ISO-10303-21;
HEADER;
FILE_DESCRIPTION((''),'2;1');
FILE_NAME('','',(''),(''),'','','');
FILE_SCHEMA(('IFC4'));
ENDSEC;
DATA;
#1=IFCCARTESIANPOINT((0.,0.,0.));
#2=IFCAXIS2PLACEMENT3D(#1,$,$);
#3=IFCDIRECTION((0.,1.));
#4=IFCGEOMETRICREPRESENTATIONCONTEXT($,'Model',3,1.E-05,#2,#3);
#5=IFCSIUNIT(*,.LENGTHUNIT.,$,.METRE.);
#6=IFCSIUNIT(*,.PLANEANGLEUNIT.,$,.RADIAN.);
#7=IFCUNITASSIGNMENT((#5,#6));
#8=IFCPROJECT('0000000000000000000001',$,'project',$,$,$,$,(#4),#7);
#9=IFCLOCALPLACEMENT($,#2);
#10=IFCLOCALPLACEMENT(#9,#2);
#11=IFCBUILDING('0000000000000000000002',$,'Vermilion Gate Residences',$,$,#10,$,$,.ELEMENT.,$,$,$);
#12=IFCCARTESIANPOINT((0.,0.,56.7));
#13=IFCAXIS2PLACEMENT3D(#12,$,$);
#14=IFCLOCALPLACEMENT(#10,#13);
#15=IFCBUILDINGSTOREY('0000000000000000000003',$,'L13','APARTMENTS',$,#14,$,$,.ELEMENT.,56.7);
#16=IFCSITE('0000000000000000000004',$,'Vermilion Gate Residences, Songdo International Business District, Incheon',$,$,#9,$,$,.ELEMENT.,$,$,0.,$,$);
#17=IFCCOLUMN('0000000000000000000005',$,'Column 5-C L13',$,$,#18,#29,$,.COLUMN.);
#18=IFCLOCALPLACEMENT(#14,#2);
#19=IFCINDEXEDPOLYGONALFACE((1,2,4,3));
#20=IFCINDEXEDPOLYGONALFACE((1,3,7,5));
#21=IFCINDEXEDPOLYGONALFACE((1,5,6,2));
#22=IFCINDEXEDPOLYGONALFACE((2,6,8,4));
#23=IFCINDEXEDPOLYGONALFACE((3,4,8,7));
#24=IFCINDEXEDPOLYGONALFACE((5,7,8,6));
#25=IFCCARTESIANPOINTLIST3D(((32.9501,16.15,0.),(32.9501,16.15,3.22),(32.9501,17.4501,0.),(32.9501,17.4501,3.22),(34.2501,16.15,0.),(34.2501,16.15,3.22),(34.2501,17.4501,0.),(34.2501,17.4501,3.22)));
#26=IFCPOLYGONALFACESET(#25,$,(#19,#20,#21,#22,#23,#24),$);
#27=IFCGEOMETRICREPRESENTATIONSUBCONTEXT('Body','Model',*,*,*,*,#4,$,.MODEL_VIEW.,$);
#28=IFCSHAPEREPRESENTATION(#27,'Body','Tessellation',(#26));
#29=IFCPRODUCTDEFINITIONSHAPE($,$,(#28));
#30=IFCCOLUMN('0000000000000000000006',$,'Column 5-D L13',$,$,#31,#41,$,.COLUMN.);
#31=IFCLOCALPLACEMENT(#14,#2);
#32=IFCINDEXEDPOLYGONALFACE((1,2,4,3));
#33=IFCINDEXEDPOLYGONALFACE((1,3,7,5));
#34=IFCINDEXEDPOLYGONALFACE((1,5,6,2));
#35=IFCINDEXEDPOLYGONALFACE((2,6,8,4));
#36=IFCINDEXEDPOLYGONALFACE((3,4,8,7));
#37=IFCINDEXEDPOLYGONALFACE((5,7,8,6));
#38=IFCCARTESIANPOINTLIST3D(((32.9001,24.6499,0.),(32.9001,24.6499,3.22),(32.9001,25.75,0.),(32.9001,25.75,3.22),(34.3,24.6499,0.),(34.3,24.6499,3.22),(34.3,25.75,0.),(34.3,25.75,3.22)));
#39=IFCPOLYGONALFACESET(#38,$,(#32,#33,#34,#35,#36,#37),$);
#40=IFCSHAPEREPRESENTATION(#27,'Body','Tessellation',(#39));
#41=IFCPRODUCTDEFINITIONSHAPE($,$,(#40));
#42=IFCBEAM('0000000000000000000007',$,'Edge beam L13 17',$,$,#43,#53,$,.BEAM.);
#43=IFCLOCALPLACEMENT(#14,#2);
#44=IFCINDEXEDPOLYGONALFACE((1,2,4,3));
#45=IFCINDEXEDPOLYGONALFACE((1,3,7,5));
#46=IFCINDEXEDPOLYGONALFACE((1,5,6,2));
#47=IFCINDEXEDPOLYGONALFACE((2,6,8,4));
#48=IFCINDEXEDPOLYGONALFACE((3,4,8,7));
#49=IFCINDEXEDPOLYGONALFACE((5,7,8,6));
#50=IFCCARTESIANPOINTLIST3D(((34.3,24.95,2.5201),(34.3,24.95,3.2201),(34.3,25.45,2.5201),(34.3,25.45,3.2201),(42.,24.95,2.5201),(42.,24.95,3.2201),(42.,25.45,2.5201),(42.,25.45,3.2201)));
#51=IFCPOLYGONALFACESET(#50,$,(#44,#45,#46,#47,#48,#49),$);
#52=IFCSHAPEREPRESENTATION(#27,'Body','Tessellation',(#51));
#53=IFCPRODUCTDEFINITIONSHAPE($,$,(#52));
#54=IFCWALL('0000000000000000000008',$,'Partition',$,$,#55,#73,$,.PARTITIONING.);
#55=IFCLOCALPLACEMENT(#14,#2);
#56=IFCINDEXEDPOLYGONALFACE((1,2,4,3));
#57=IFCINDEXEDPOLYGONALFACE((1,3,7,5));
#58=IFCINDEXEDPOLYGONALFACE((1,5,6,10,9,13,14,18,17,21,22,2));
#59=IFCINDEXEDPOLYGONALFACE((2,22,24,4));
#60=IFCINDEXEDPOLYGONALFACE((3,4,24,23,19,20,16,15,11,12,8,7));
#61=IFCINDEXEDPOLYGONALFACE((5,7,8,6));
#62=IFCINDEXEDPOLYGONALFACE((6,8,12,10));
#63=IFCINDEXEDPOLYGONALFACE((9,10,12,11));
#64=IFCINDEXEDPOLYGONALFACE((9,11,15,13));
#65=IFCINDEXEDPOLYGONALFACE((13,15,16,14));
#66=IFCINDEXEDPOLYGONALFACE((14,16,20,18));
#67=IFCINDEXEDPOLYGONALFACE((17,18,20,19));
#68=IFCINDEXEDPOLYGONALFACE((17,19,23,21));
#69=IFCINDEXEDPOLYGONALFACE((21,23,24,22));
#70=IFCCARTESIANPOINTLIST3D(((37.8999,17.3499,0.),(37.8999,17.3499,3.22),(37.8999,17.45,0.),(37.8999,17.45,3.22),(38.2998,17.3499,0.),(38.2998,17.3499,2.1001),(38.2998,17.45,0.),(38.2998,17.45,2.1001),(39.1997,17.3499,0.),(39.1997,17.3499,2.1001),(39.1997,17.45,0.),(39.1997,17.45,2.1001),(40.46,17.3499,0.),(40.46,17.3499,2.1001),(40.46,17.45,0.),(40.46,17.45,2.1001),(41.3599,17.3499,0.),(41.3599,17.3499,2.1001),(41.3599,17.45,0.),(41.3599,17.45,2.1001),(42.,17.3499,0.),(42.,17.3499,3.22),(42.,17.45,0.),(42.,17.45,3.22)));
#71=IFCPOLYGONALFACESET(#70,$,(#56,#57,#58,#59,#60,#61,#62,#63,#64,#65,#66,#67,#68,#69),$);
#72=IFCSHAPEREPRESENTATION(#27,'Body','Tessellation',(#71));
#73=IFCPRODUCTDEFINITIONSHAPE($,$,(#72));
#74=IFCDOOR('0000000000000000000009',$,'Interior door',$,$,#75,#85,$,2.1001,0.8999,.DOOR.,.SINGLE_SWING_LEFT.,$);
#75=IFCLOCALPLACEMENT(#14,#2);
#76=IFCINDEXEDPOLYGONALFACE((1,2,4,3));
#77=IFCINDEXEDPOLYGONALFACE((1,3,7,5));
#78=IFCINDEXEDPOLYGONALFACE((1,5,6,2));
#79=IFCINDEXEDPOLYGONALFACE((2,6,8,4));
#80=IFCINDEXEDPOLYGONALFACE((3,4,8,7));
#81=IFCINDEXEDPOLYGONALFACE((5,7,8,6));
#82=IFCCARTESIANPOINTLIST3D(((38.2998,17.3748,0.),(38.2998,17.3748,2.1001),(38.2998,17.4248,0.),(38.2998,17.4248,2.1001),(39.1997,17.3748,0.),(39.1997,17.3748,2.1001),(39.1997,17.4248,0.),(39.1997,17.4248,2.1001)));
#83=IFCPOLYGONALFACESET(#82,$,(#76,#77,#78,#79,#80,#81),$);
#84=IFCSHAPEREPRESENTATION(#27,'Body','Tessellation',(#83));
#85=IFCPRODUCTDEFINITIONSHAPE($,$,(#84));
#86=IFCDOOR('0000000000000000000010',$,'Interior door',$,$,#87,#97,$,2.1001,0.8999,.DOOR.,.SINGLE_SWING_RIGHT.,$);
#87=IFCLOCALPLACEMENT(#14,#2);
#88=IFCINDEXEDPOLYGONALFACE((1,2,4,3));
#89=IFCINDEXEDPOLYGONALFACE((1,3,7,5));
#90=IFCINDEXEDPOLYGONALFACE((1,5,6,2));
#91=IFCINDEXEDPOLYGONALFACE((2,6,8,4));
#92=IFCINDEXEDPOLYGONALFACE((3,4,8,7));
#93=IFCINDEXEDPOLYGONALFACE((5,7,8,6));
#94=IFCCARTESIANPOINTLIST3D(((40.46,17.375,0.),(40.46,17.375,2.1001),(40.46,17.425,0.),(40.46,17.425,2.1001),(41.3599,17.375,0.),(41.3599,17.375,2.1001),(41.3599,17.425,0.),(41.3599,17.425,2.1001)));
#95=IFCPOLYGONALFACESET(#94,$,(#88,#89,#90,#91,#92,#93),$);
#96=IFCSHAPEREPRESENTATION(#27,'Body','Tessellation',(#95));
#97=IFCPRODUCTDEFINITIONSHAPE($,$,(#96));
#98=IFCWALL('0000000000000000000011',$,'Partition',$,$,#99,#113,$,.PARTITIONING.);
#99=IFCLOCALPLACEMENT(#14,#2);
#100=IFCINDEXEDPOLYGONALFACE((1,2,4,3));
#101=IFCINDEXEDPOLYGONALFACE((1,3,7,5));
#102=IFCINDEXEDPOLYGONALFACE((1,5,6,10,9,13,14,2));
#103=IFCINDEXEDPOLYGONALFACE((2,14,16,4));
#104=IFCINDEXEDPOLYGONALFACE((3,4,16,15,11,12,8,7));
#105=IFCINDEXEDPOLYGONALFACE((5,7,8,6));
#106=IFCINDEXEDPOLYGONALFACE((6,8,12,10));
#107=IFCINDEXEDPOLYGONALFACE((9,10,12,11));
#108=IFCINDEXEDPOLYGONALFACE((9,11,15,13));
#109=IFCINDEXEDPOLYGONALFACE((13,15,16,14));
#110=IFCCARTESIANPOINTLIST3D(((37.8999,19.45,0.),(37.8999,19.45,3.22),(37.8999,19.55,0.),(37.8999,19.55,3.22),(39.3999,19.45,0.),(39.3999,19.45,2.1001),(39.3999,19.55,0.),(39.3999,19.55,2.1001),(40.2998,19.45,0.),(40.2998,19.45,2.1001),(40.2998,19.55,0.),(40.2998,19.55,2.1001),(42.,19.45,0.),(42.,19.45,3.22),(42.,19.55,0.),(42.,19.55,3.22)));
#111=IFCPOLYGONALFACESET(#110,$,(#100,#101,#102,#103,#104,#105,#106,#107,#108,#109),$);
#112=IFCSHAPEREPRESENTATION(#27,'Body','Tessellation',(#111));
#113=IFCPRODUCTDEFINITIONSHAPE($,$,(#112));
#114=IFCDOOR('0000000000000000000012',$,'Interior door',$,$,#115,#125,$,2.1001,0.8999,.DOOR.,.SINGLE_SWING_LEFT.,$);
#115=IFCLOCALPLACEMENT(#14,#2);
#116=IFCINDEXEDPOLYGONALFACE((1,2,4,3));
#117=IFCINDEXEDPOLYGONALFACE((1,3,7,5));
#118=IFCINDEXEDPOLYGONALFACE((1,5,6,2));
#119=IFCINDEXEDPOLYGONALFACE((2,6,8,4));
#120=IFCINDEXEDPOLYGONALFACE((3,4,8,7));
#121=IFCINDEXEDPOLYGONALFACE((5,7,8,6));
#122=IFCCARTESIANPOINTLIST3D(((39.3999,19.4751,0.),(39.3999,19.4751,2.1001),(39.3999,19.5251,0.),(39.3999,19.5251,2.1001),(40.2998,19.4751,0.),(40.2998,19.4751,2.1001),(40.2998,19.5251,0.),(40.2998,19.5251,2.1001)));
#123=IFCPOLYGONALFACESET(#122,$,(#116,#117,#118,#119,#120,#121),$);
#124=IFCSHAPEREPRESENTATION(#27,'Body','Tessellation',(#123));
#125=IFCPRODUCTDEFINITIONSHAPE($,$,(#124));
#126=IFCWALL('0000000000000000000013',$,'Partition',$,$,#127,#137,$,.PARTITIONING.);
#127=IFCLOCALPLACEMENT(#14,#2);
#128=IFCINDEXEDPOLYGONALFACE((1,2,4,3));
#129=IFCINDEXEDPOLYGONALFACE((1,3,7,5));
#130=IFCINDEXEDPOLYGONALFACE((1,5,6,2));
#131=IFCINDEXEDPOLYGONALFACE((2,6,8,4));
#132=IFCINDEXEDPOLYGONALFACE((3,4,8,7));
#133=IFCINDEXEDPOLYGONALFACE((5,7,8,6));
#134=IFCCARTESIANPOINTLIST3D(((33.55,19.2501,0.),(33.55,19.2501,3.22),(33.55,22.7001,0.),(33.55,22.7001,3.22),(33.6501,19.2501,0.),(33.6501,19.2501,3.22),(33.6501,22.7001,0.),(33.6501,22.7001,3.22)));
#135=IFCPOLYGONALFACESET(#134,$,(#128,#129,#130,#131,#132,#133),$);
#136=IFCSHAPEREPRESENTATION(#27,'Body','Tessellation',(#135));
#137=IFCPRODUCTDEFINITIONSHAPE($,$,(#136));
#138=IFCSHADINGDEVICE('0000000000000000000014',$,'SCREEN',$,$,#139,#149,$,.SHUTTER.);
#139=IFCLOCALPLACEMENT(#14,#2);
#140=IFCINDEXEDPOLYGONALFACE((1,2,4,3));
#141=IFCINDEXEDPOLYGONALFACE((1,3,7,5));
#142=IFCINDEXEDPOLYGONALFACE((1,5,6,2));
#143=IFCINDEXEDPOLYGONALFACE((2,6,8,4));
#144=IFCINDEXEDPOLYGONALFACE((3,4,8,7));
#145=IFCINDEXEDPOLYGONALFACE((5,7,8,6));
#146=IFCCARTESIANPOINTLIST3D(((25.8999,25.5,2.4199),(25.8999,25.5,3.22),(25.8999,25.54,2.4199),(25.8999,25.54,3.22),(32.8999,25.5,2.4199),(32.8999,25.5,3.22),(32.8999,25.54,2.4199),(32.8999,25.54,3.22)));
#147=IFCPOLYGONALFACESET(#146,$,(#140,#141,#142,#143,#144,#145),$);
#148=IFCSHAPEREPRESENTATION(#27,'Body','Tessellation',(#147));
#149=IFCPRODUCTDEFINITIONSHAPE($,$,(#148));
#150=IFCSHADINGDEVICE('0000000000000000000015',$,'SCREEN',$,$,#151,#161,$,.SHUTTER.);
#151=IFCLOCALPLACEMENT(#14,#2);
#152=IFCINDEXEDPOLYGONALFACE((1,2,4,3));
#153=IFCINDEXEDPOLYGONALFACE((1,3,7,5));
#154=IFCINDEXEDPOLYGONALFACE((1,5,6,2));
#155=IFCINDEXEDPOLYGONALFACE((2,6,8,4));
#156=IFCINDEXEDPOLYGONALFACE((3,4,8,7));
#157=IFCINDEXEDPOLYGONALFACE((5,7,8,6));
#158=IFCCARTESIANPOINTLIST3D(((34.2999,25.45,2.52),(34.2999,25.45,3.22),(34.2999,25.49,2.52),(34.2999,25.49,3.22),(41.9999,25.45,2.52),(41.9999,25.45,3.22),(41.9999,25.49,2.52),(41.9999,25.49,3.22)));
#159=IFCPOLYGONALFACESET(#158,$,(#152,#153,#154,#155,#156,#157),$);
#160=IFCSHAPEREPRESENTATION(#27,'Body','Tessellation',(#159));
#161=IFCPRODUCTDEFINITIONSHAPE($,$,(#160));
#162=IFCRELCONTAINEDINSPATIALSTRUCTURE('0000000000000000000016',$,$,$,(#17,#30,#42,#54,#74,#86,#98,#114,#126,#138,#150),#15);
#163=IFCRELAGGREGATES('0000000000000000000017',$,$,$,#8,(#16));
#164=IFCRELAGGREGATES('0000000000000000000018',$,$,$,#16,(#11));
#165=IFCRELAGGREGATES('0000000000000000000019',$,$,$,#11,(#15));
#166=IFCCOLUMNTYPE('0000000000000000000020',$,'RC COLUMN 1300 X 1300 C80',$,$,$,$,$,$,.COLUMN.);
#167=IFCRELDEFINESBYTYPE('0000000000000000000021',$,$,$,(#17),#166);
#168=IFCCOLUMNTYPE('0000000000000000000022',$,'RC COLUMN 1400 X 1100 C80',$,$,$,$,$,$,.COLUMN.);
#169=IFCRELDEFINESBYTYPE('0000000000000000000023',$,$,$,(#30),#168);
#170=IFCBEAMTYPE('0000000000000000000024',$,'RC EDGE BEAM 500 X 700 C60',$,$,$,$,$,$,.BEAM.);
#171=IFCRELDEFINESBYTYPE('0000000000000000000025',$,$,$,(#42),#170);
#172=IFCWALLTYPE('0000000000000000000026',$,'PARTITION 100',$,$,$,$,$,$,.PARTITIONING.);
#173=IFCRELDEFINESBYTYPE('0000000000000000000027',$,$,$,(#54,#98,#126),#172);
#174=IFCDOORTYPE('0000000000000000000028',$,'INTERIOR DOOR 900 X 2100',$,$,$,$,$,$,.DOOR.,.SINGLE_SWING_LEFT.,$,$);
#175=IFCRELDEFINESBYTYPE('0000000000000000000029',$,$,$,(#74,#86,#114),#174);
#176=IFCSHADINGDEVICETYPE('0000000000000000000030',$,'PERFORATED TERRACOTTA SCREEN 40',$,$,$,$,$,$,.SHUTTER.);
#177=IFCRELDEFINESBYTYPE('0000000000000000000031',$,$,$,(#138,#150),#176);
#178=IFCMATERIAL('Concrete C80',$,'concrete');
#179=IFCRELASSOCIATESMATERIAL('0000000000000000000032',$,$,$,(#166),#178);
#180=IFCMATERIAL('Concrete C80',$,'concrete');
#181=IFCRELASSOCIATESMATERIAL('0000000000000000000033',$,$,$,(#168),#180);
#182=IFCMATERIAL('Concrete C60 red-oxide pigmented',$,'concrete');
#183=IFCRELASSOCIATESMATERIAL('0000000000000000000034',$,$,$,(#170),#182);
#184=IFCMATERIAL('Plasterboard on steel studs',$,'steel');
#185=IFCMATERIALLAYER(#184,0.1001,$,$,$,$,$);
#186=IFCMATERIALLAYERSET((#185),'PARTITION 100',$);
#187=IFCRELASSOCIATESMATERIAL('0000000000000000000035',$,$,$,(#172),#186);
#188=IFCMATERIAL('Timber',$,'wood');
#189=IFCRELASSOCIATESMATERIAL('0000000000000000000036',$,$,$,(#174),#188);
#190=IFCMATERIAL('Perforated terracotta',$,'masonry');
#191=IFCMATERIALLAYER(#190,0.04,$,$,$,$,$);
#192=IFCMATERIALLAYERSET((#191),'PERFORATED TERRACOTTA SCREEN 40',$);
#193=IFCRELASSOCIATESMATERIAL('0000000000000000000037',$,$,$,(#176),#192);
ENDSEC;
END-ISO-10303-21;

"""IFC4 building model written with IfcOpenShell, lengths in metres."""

from ifc_helpers import new_model, si_unit, direction, frame, frame_2d, origin, origin_2d, place, context, subcontext, project, spatial, rectangle, extrude, material, layer, layer_set, material_profile, profile_set, type_object, element, fill, save


model = new_model("IFC4")

# Units and contexts
model_context = context("Model", 3, precision=1e-05, world=origin(), true_north=direction((0.0, 1.0)))
body_context = subcontext(model_context, "Body", "Model", "MODEL_VIEW")
ifc_project = project(units=[si_unit("LENGTHUNIT", "METRE"), si_unit("PLANEANGLEUNIT", "RADIAN")], contexts=[model_context])

# Site, building, storey
site_placement = place(None, origin())
site = spatial("IfcSite", under=ifc_project, at=site_placement, Name="Vermilion Gate Residences, Songdo International Business District, Incheon", CompositionType="ELEMENT", RefElevation=0.0)
building_placement = place(site_placement, origin())
building = spatial("IfcBuilding", under=site, at=building_placement, Name="Vermilion Gate Residences", CompositionType="ELEMENT")
storey_placement = place(building_placement, frame((0.0, 0.0, 56.7)))
storey = spatial("IfcBuildingStorey", under=building, at=storey_placement, Name="L13", Description="APARTMENTS", CompositionType="ELEMENT", Elevation=56.7)

# Columns
ifc_material_1 = material(Name="Concrete C80", Category="concrete")
ifc_material_profile_1 = material_profile(ifc_material_1, rectangle(XDim=1.3, YDim=1.3, at=origin_2d()), Name="RC-1300x1300")
ifc_profile_set_1 = profile_set([ifc_material_profile_1], Name="Concrete C80")
column_type_1 = type_object("IfcColumnType", Name="RC COLUMN 1300 X 1300 C80", PredefinedType="COLUMN", material=ifc_profile_set_1)
column_1_placement = place(storey_placement, frame((33.6001, 16.8, 0.0), z_axis=(0.0, 0.0, 1.0), x_axis=(1.0, 0.0, 0.0)))
element("IfcColumn", 1, at=column_1_placement, inside=storey, type_object=column_type_1, Name="Column 5-C L13", PredefinedType="COLUMN", context=body_context, shape_type="SweptSolid", body=[
    extrude(rectangle(XDim=1.3, YDim=1.3, at=origin_2d()), origin(), (0.0, 0.0, 1.0), 3.22),
])
ifc_material_2 = material(Name="Concrete C80", Category="concrete")
ifc_material_profile_2 = material_profile(ifc_material_2, rectangle(XDim=1.3999, YDim=1.1001, at=origin_2d()), Name="RC-1400x1100")
ifc_profile_set_2 = profile_set([ifc_material_profile_2], Name="Concrete C80")
column_type_2 = type_object("IfcColumnType", Name="RC COLUMN 1400 X 1100 C80", PredefinedType="COLUMN", material=ifc_profile_set_2)
column_2_placement = place(storey_placement, frame((33.6001, 25.2, 0.0), z_axis=(0.0, 0.0, 1.0), x_axis=(1.0, 0.0, 0.0)))
element("IfcColumn", 2, at=column_2_placement, inside=storey, type_object=column_type_2, Name="Column 5-D L13", PredefinedType="COLUMN", context=body_context, shape_type="SweptSolid", body=[
    extrude(rectangle(XDim=1.3999, YDim=1.1001, at=origin_2d()), origin(), (0.0, 0.0, 1.0), 3.22),
])

# Beam
ifc_material_3 = material(Name="Concrete C60 red-oxide pigmented", Category="concrete")
ifc_material_profile_3 = material_profile(ifc_material_3, rectangle(XDim=0.5, YDim=0.7, at=origin_2d()), Name="RC-500x700")
ifc_profile_set_3 = profile_set([ifc_material_profile_3], Name="Concrete C60 red-oxide pigmented")
beam_type = type_object("IfcBeamType", Name="RC EDGE BEAM 500 X 700 C60", PredefinedType="BEAM", material=ifc_profile_set_3)
beam_placement = place(storey_placement, frame((34.3, 25.2, 2.8701), z_axis=(1.0, 0.0, 0.0), x_axis=(0.0, 1.0, 0.0)))
element("IfcBeam", 3, at=beam_placement, inside=storey, type_object=beam_type, Name="Edge beam L13 17", PredefinedType="BEAM", context=body_context, shape_type="SweptSolid", body=[
    extrude(rectangle(XDim=0.5, YDim=0.7, at=origin_2d()), origin(), (0.0, 0.0, 1.0), 7.7),
])

# Wall, openings, doors
ifc_material_4 = material(Name="Plasterboard on steel studs", Category="steel")
ifc_layer_1 = layer(ifc_material_4, 0.1001)
ifc_layer_set_1 = layer_set([ifc_layer_1], Name="PARTITION 100")
wall_type = type_object("IfcWallType", Name="PARTITION 100", PredefinedType="PARTITIONING", material=ifc_layer_set_1)
wall_1_placement = place(storey_placement, frame((37.8999, 17.3999, 0.0), z_axis=(0.0, 0.0, 1.0), x_axis=(1.0, 0.0, 0.0)))
wall_1 = element("IfcWall", 4, at=wall_1_placement, inside=storey, type_object=wall_type, Name="Partition", PredefinedType="PARTITIONING", context=body_context, shape_type="SweptSolid", body=[
    extrude(rectangle(XDim=4.1001, YDim=0.1001, at=frame_2d((2.05, 0.0))), origin(), (0.0, 0.0, 1.0), 3.22),
])
opening_1_placement = place(wall_1_placement, frame((0.3999, 0.0, 0.0)))
opening_1 = element("IfcOpeningElement", 5, at=opening_1_placement, cuts=wall_1, PredefinedType="OPENING", context=body_context, shape_type="SweptSolid", body=[
    extrude(rectangle(XDim=0.8999, YDim=2.1001, at=frame_2d((0.45, 1.05))), frame((0.0, 0.0601, 0.0), z_axis=(0.0, -1.0, 0.0), x_axis=(1.0, 0.0, 0.0)), (0.0, 0.0, 1.0), 0.1201),
])
opening_2_placement = place(wall_1_placement, frame((2.5601, 0.0, 0.0)))
opening_2 = element("IfcOpeningElement", 6, at=opening_2_placement, cuts=wall_1, PredefinedType="OPENING", context=body_context, shape_type="SweptSolid", body=[
    extrude(rectangle(XDim=0.8999, YDim=2.1001, at=frame_2d((0.45, 1.05))), frame((0.0, 0.0601, 0.0), z_axis=(0.0, -1.0, 0.0), x_axis=(1.0, 0.0, 0.0)), (0.0, 0.0, 1.0), 0.1201),
])
ifc_material_5 = material(Name="Timber", Category="wood")
door_type = type_object("IfcDoorType", Name="INTERIOR DOOR 900 X 2100", OperationType="SINGLE_SWING_LEFT", PredefinedType="DOOR", material=ifc_material_5)
door_1_placement = place(opening_1_placement, origin())
door_1 = element("IfcDoor", 7, at=door_1_placement, inside=storey, type_object=door_type, Name="Interior door", OperationType="SINGLE_SWING_LEFT", OverallHeight=2.1001, OverallWidth=0.8999, PredefinedType="DOOR", context=body_context, shape_type="SweptSolid", body=[
    extrude(rectangle(XDim=0.8999, YDim=2.1001, at=frame_2d((0.45, 1.05))), frame((0.0, 0.0249, 0.0), z_axis=(0.0, -1.0, 0.0), x_axis=(1.0, 0.0, 0.0)), (0.0, 0.0, 1.0), 0.05),
])
fill(opening_1, door_1)
door_2_placement = place(opening_2_placement, frame((0.8999, 0.0, 0.0), z_axis=(0.0, 0.0, 1.0), x_axis=(-1.0, 0.0, 0.0)))
door_2 = element("IfcDoor", 8, at=door_2_placement, inside=storey, type_object=door_type, Name="Interior door", OperationType="SINGLE_SWING_RIGHT", OverallHeight=2.1001, OverallWidth=0.8999, PredefinedType="DOOR", context=body_context, shape_type="SweptSolid", body=[
    extrude(rectangle(XDim=0.8999, YDim=2.1001, at=frame_2d((0.45, 1.05))), frame((0.0, 0.0249, 0.0), z_axis=(0.0, -1.0, 0.0), x_axis=(1.0, 0.0, 0.0)), (0.0, 0.0, 1.0), 0.05),
])
fill(opening_2, door_2)

# Wall, opening, door
wall_2_placement = place(storey_placement, frame((37.8999, 19.5, 0.0), z_axis=(0.0, 0.0, 1.0), x_axis=(1.0, 0.0, 0.0)))
wall_2 = element("IfcWall", 9, at=wall_2_placement, inside=storey, type_object=wall_type, Name="Partition", PredefinedType="PARTITIONING", context=body_context, shape_type="SweptSolid", body=[
    extrude(rectangle(XDim=4.1001, YDim=0.1001, at=frame_2d((2.05, 0.0))), origin(), (0.0, 0.0, 1.0), 3.22),
])
opening_3_placement = place(wall_2_placement, frame((1.5, 0.0, 0.0)))
opening_3 = element("IfcOpeningElement", 10, at=opening_3_placement, cuts=wall_2, PredefinedType="OPENING", context=body_context, shape_type="SweptSolid", body=[
    extrude(rectangle(XDim=0.8999, YDim=2.1001, at=frame_2d((0.45, 1.05))), frame((0.0, 0.0601, 0.0), z_axis=(0.0, -1.0, 0.0), x_axis=(1.0, 0.0, 0.0)), (0.0, 0.0, 1.0), 0.1201),
])
door_3_placement = place(opening_3_placement, frame((0.8999, 0.0, 0.0), z_axis=(0.0, 0.0, 1.0), x_axis=(-1.0, 0.0, 0.0)))
door_3 = element("IfcDoor", 11, at=door_3_placement, inside=storey, type_object=door_type, Name="Interior door", OperationType="SINGLE_SWING_LEFT", OverallHeight=2.1001, OverallWidth=0.8999, PredefinedType="DOOR", context=body_context, shape_type="SweptSolid", body=[
    extrude(rectangle(XDim=0.8999, YDim=2.1001, at=frame_2d((0.45, 1.05))), frame((0.0, 0.0249, 0.0), z_axis=(0.0, -1.0, 0.0), x_axis=(1.0, 0.0, 0.0)), (0.0, 0.0, 1.0), 0.05),
])
fill(opening_3, door_3)

# Wall
wall_3_placement = place(storey_placement, frame((33.6001, 19.25, 0.0), z_axis=(0.0, 0.0, 1.0), x_axis=(0.0, 1.0, 0.0)))
element("IfcWall", 12, at=wall_3_placement, inside=storey, type_object=wall_type, Name="Partition", PredefinedType="PARTITIONING", context=body_context, shape_type="SweptSolid", body=[
    extrude(rectangle(XDim=3.45, YDim=0.1001, at=frame_2d((1.7251, 0.0))), origin(), (0.0, 0.0, 1.0), 3.22),
])

# Shading devices
ifc_material_6 = material(Name="Perforated terracotta", Category="masonry")
ifc_layer_2 = layer(ifc_material_6, 0.04)
ifc_layer_set_2 = layer_set([ifc_layer_2], Name="PERFORATED TERRACOTTA SCREEN 40")
shading_device_type_1 = type_object("IfcShadingDeviceType", Name="PERFORATED TERRACOTTA SCREEN 40", PredefinedType="SHUTTER", material=ifc_layer_set_2)
shading_device_1_placement = place(storey_placement, frame((29.3999, 25.52, 2.4199), z_axis=(0.0, 0.0, 1.0), x_axis=(-1.0, 0.0, 0.0)))
element("IfcShadingDevice", 13, at=shading_device_1_placement, inside=storey, type_object=shading_device_type_1, Name="SCREEN", PredefinedType="SHUTTER", context=body_context, shape_type="SweptSolid", body=[
    extrude(rectangle(XDim=7.0, YDim=0.04, at=origin_2d()), origin(), (0.0, 0.0, 1.0), 0.8),
])
shading_device_2_placement = place(storey_placement, frame((38.1499, 25.47, 2.52), z_axis=(0.0, 0.0, 1.0), x_axis=(-1.0, 0.0, 0.0)))
element("IfcShadingDevice", 14, at=shading_device_2_placement, inside=storey, type_object=shading_device_type_1, Name="SCREEN", PredefinedType="SHUTTER", context=body_context, shape_type="SweptSolid", body=[
    extrude(rectangle(XDim=7.7, YDim=0.04, at=origin_2d()), origin(), (0.0, 0.0, 1.0), 0.7),
])

save(model, "model.ifc")
